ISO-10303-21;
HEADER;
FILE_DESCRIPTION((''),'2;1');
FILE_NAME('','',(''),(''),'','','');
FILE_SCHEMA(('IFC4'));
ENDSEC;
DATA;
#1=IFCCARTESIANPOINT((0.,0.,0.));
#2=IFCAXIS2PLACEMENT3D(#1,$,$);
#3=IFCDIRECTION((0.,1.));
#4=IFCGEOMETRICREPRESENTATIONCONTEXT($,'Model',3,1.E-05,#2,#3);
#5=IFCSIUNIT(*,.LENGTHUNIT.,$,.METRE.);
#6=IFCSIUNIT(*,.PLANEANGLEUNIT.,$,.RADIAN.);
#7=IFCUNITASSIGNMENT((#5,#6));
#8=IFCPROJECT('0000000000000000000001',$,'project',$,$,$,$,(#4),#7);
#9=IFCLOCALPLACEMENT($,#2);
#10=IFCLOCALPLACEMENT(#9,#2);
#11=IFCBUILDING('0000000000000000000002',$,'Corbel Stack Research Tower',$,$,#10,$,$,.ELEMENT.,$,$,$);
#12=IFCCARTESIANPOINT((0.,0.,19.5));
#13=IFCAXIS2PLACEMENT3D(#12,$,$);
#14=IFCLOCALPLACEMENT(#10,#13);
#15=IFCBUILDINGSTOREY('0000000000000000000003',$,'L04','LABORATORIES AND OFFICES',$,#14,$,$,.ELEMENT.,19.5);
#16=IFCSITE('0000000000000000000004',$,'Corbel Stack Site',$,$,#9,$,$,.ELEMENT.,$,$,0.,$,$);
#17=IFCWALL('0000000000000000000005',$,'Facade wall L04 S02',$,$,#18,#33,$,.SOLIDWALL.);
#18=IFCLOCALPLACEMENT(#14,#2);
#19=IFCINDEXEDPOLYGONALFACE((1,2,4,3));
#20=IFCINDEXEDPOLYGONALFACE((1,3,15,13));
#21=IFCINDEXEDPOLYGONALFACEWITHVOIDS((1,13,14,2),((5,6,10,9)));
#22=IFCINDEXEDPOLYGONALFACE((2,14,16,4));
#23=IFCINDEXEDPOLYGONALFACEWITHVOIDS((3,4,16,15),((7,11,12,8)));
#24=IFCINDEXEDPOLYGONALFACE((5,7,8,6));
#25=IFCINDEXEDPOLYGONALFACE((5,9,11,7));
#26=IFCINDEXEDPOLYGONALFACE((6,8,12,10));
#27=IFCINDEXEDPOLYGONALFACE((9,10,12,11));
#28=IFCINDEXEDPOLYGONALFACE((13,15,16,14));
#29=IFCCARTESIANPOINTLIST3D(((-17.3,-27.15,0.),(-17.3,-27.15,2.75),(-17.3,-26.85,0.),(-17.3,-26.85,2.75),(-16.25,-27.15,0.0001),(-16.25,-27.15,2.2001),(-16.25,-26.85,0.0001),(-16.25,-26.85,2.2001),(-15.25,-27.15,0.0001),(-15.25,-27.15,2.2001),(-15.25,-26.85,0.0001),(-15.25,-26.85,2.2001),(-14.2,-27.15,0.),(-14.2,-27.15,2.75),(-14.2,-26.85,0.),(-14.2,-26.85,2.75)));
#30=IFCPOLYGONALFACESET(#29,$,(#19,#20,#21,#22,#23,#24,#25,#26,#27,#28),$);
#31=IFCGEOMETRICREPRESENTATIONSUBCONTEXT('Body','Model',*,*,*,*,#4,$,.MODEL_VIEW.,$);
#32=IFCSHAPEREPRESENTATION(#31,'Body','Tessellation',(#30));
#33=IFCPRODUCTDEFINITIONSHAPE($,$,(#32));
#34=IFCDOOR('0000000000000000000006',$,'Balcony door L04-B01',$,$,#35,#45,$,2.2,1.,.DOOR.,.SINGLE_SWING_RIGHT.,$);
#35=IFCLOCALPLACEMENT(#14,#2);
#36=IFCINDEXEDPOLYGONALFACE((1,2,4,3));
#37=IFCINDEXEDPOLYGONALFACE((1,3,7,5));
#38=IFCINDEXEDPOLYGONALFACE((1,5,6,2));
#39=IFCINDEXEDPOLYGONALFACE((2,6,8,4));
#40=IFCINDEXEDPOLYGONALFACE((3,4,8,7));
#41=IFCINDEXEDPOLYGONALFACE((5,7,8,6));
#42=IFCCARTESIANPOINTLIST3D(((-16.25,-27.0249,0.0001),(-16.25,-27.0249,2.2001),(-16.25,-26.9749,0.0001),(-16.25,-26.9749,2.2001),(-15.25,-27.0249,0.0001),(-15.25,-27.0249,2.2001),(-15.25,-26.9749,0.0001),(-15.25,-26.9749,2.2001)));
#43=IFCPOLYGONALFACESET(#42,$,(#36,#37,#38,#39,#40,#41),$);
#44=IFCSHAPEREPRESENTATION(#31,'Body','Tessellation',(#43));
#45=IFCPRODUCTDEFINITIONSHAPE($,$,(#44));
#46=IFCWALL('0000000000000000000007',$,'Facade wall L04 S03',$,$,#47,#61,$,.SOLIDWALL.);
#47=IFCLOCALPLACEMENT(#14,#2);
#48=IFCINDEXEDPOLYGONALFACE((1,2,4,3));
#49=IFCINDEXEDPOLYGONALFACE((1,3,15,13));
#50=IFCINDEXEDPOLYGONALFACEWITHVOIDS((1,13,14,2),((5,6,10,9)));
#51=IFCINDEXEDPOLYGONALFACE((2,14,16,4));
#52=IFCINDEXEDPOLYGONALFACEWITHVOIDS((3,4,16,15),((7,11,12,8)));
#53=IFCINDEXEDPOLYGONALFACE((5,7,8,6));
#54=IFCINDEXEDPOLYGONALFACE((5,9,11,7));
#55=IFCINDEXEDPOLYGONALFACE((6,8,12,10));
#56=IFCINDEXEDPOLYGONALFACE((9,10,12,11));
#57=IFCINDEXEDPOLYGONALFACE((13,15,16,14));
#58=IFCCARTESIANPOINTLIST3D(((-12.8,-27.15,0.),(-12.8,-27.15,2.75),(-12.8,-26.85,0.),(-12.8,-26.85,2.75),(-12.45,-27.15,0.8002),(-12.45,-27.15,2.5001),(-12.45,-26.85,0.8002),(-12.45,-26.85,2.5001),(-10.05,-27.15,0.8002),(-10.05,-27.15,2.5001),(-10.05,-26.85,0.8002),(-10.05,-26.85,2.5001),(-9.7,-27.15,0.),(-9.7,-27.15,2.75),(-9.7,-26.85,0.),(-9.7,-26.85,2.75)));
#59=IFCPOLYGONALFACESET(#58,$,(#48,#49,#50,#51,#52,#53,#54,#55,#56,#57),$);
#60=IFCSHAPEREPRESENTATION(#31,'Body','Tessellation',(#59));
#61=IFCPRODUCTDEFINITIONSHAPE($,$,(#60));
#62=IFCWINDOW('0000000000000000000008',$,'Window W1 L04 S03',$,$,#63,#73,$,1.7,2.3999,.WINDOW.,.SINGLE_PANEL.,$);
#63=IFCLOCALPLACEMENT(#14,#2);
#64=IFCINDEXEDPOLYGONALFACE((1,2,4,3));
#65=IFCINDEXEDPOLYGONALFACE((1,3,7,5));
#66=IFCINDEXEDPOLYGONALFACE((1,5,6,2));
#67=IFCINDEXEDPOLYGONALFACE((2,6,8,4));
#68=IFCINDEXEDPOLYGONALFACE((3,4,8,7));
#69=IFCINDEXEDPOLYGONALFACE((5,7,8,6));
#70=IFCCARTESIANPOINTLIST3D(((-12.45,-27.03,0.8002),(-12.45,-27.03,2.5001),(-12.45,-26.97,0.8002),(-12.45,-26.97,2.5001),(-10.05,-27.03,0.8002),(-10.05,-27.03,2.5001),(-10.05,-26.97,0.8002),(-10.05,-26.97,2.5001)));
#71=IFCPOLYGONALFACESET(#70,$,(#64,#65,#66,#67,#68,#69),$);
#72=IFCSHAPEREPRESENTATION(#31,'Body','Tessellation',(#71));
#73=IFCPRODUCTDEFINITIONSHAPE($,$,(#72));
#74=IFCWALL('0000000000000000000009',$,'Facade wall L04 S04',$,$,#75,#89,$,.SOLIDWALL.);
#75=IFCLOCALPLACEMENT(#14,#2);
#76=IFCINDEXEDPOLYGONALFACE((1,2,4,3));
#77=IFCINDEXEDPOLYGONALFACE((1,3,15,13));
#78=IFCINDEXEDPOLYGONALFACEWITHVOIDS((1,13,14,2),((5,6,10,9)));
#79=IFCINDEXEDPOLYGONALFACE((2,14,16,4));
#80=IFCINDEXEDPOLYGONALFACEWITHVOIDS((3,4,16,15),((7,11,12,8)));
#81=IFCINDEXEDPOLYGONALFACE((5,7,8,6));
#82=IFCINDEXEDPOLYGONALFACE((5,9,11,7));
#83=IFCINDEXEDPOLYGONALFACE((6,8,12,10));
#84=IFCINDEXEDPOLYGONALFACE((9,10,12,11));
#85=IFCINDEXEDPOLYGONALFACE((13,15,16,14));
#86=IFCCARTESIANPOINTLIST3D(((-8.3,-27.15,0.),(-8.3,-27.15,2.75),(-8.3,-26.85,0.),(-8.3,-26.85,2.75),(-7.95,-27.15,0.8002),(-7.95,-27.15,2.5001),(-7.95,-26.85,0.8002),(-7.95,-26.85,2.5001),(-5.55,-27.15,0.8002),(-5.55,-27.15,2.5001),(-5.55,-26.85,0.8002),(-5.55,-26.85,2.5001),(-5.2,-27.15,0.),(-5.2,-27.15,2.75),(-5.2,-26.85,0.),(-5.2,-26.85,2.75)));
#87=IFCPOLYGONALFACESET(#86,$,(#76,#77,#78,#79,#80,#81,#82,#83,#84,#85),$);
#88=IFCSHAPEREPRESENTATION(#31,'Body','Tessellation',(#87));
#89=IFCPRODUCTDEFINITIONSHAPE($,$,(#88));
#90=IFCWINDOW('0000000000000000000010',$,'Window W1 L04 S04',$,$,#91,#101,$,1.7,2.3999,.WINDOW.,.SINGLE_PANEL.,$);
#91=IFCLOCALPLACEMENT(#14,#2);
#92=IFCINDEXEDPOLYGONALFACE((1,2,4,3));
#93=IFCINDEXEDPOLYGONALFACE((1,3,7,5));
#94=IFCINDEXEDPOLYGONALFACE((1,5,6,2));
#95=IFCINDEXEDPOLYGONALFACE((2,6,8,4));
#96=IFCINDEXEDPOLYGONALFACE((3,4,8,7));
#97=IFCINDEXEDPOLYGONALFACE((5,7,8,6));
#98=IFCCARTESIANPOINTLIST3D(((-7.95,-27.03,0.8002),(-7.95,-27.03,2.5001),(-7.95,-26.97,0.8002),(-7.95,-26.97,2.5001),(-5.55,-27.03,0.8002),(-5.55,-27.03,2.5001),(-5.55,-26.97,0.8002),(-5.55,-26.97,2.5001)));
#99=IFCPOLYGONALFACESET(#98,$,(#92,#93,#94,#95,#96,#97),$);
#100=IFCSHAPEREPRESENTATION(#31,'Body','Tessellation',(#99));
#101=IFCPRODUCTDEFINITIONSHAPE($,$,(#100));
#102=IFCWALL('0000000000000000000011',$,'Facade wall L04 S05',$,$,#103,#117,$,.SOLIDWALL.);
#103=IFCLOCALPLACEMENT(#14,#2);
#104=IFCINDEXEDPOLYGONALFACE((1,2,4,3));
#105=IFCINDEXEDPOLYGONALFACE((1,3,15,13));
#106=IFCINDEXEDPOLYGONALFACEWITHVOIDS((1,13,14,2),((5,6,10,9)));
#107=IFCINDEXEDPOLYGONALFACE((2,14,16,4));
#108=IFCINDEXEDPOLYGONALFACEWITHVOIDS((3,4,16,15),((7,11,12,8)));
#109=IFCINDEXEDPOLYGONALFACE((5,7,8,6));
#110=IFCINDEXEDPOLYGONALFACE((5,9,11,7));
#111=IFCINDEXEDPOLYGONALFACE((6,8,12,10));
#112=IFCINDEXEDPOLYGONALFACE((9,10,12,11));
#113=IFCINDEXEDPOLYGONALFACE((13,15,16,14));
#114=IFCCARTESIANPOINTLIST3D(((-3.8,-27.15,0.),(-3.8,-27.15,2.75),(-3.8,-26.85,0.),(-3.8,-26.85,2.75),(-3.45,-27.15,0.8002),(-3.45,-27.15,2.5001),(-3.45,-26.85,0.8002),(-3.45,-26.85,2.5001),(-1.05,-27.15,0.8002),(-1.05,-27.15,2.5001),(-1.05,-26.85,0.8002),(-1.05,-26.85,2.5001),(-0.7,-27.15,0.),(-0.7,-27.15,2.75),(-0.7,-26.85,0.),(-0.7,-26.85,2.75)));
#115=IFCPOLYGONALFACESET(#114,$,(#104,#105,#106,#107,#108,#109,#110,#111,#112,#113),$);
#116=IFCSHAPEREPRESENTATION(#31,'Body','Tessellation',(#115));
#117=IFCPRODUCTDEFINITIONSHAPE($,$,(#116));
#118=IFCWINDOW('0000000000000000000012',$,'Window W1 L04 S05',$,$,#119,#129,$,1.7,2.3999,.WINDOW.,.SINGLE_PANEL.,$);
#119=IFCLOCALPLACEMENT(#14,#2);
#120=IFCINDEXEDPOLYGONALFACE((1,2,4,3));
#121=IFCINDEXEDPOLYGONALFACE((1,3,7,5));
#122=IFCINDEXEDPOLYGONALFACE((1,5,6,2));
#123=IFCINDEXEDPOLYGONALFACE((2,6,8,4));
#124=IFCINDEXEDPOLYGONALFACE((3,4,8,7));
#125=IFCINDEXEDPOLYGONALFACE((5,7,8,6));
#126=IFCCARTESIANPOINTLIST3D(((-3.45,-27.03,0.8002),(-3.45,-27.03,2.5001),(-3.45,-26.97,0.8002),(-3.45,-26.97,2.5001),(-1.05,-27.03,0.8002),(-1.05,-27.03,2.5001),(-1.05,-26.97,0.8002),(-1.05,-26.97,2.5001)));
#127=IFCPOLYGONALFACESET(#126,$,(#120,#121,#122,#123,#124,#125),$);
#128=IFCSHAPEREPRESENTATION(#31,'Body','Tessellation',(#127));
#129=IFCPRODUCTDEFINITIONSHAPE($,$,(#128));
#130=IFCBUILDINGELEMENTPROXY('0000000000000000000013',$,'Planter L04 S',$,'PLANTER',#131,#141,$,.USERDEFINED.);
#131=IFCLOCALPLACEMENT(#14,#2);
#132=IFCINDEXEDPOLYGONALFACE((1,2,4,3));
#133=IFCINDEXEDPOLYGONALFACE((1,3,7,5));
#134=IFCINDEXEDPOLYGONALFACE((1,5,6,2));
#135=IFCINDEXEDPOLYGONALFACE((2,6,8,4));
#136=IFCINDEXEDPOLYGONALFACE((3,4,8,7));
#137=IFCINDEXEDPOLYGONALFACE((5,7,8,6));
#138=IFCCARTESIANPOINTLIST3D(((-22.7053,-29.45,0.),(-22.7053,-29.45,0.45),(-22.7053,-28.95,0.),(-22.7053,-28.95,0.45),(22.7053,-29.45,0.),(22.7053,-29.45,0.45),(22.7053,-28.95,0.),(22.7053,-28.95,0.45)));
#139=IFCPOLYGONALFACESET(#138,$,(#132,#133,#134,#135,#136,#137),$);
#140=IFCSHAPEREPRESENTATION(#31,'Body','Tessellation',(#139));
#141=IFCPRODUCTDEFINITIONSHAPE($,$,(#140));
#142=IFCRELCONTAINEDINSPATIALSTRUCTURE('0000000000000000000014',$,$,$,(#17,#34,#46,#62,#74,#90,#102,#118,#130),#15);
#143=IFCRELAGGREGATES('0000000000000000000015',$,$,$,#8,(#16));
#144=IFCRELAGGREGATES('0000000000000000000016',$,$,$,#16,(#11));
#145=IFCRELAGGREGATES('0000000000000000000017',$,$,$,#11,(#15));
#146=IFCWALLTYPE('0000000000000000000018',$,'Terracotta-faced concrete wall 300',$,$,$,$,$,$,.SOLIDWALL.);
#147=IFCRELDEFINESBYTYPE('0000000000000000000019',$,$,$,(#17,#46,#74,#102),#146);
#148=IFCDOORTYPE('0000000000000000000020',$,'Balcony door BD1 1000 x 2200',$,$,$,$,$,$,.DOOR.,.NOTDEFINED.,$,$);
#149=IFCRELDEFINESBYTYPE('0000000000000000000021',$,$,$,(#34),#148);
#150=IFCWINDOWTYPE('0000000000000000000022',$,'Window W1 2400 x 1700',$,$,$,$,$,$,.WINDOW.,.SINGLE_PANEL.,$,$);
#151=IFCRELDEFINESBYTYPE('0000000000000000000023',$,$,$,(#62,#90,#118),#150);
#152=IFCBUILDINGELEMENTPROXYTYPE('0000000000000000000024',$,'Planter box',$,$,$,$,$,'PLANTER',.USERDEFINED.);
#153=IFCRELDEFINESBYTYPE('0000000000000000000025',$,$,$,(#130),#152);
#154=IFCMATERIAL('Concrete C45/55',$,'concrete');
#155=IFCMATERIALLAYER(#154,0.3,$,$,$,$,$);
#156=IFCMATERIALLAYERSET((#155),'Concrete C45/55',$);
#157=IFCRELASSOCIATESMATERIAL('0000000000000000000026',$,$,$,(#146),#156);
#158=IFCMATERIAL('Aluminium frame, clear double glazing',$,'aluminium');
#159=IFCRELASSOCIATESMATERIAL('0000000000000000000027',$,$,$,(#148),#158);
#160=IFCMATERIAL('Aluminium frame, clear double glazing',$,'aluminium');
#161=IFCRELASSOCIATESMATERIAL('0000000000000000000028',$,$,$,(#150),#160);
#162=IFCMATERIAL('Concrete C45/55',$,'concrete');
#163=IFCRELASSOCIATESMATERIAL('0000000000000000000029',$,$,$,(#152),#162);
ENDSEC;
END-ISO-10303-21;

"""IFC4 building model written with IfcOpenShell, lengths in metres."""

from ifc_helpers import new_model, si_unit, direction, frame, frame_2d, origin, origin_2d, place, context, subcontext, project, spatial, rectangle, extrude, material, layer, layer_set, type_object, element, fill, save


model = new_model("IFC4")

# Units and contexts
model_context = context("Model", 3, precision=1e-05, world=origin(), true_north=direction((0.0, 1.0)))
body_context = subcontext(model_context, "Body", "Model", "MODEL_VIEW")
ifc_project = project(units=[si_unit("LENGTHUNIT", "METRE"), si_unit("PLANEANGLEUNIT", "RADIAN")], contexts=[model_context])

# Site, building, storey
site_placement = place(None, origin())
site = spatial("IfcSite", under=ifc_project, at=site_placement, Name="Corbel Stack Site", CompositionType="ELEMENT", RefElevation=0.0)
building_placement = place(site_placement, origin())
building = spatial("IfcBuilding", under=site, at=building_placement, Name="Corbel Stack Research Tower", CompositionType="ELEMENT")
storey_placement = place(building_placement, frame((0.0, 0.0, 19.5)))
storey = spatial("IfcBuildingStorey", under=building, at=storey_placement, Name="L04", Description="LABORATORIES AND OFFICES", CompositionType="ELEMENT", Elevation=19.5)

# Wall, opening, door
ifc_material_1 = material(Name="Concrete C45/55", Category="concrete")
ifc_layer_1 = layer(ifc_material_1, 0.3)
ifc_layer_set_1 = layer_set([ifc_layer_1], Name="Concrete C45/55")
wall_type_1 = type_object("IfcWallType", Name="Terracotta-faced concrete wall 300", PredefinedType="SOLIDWALL", material=ifc_layer_set_1)
wall_1_placement = place(storey_placement, frame((-14.2, -27.0, 0.0), z_axis=(0.0, 0.0, 1.0), x_axis=(-1.0, 0.0, 0.0)))
wall_1 = element("IfcWall", 1, at=wall_1_placement, inside=storey, type_object=wall_type_1, Name="Facade wall L04 S02", PredefinedType="SOLIDWALL", context=body_context, shape_type="SweptSolid", body=[
    extrude(rectangle(XDim=3.1001, YDim=0.3, at=frame_2d((1.55, 0.0))), origin(), (0.0, 0.0, 1.0), 2.75),
])
opening_1_placement = place(wall_1_placement, frame((1.05, 0.0, 0.0)))
opening_1 = element("IfcOpeningElement", 2, at=opening_1_placement, cuts=wall_1, PredefinedType="OPENING", context=body_context, shape_type="SweptSolid", body=[
    extrude(rectangle(XDim=1.0, YDim=2.2, at=frame_2d((0.5, 1.1001))), frame((0.0, 0.1599, 0.0), z_axis=(0.0, -1.0, 0.0), x_axis=(1.0, 0.0, 0.0)), (0.0, 0.0, 1.0), 0.3201),
])
ifc_material_2 = material(Name="Aluminium frame, clear double glazing", Category="aluminium")
door_type = type_object("IfcDoorType", Name="Balcony door BD1 1000 x 2200", OperationType="NOTDEFINED", PredefinedType="DOOR", material=ifc_material_2)
door_placement = place(opening_1_placement, origin())
door = element("IfcDoor", 3, at=door_placement, inside=storey, type_object=door_type, Name="Balcony door L04-B01", OperationType="SINGLE_SWING_RIGHT", OverallHeight=2.2, OverallWidth=1.0, PredefinedType="DOOR", context=body_context, shape_type="SweptSolid", body=[
    extrude(rectangle(XDim=1.0, YDim=2.2, at=frame_2d((0.5, 1.1001))), frame((0.0, 0.0249, 0.0), z_axis=(0.0, -1.0, 0.0), x_axis=(1.0, 0.0, 0.0)), (0.0, 0.0, 1.0), 0.05),
])
fill(opening_1, door)

# Walls, openings, windows
wall_2_placement = place(storey_placement, frame((-9.7, -27.0, 0.0), z_axis=(0.0, 0.0, 1.0), x_axis=(-1.0, 0.0, 0.0)))
wall_2 = element("IfcWall", 4, at=wall_2_placement, inside=storey, type_object=wall_type_1, Name="Facade wall L04 S03", PredefinedType="SOLIDWALL", context=body_context, shape_type="SweptSolid", body=[
    extrude(rectangle(XDim=3.1001, YDim=0.3, at=frame_2d((1.55, 0.0))), origin(), (0.0, 0.0, 1.0), 2.75),
])
opening_2_placement = place(wall_2_placement, frame((0.3501, 0.0, 0.8)))
opening_2 = element("IfcOpeningElement", 5, at=opening_2_placement, cuts=wall_2, PredefinedType="OPENING", context=body_context, shape_type="SweptSolid", body=[
    extrude(rectangle(XDim=2.3999, YDim=1.7, at=frame_2d((1.2, 0.8501))), frame((0.0, 0.1599, 0.0), z_axis=(0.0, -1.0, 0.0), x_axis=(1.0, 0.0, 0.0)), (0.0, 0.0, 1.0), 0.3201),
])
ifc_material_3 = material(Name="Aluminium frame, clear double glazing", Category="aluminium")
window_type = type_object("IfcWindowType", Name="Window W1 2400 x 1700", PartitioningType="SINGLE_PANEL", PredefinedType="WINDOW", material=ifc_material_3)
window_1_placement = place(opening_2_placement, origin())
window_1 = element("IfcWindow", 6, at=window_1_placement, inside=storey, type_object=window_type, Name="Window W1 L04 S03", OverallHeight=1.7, OverallWidth=2.3999, PartitioningType="SINGLE_PANEL", PredefinedType="WINDOW", context=body_context, shape_type="SweptSolid", body=[
    extrude(rectangle(XDim=2.3999, YDim=1.7, at=frame_2d((1.2, 0.8501))), frame((0.0, 0.03, 0.0), z_axis=(0.0, -1.0, 0.0), x_axis=(1.0, 0.0, 0.0)), (0.0, 0.0, 1.0), 0.0601),
])
fill(opening_2, window_1)
wall_3_placement = place(storey_placement, frame((-5.2, -27.0, 0.0), z_axis=(0.0, 0.0, 1.0), x_axis=(-1.0, 0.0, 0.0)))
wall_3 = element("IfcWall", 7, at=wall_3_placement, inside=storey, type_object=wall_type_1, Name="Facade wall L04 S04", PredefinedType="SOLIDWALL", context=body_context, shape_type="SweptSolid", body=[
    extrude(rectangle(XDim=3.1001, YDim=0.3, at=frame_2d((1.55, 0.0))), origin(), (0.0, 0.0, 1.0), 2.75),
])
opening_3_placement = place(wall_3_placement, frame((0.3501, 0.0, 0.8)))
opening_3 = element("IfcOpeningElement", 8, at=opening_3_placement, cuts=wall_3, PredefinedType="OPENING", context=body_context, shape_type="SweptSolid", body=[
    extrude(rectangle(XDim=2.3999, YDim=1.7, at=frame_2d((1.2, 0.8501))), frame((0.0, 0.1599, 0.0), z_axis=(0.0, -1.0, 0.0), x_axis=(1.0, 0.0, 0.0)), (0.0, 0.0, 1.0), 0.3201),
])
window_2_placement = place(opening_3_placement, origin())
window_2 = element("IfcWindow", 9, at=window_2_placement, inside=storey, type_object=window_type, Name="Window W1 L04 S04", OverallHeight=1.7, OverallWidth=2.3999, PartitioningType="SINGLE_PANEL", PredefinedType="WINDOW", context=body_context, shape_type="SweptSolid", body=[
    extrude(rectangle(XDim=2.3999, YDim=1.7, at=frame_2d((1.2, 0.8501))), frame((0.0, 0.03, 0.0), z_axis=(0.0, -1.0, 0.0), x_axis=(1.0, 0.0, 0.0)), (0.0, 0.0, 1.0), 0.0601),
])
fill(opening_3, window_2)
wall_4_placement = place(storey_placement, frame((-0.7, -27.0, 0.0), z_axis=(0.0, 0.0, 1.0), x_axis=(-1.0, 0.0, 0.0)))
wall_4 = element("IfcWall", 10, at=wall_4_placement, inside=storey, type_object=wall_type_1, Name="Facade wall L04 S05", PredefinedType="SOLIDWALL", context=body_context, shape_type="SweptSolid", body=[
    extrude(rectangle(XDim=3.1001, YDim=0.3, at=frame_2d((1.55, 0.0))), origin(), (0.0, 0.0, 1.0), 2.75),
])
opening_4_placement = place(wall_4_placement, frame((0.3501, 0.0, 0.8)))
opening_4 = element("IfcOpeningElement", 11, at=opening_4_placement, cuts=wall_4, PredefinedType="OPENING", context=body_context, shape_type="SweptSolid", body=[
    extrude(rectangle(XDim=2.3999, YDim=1.7, at=frame_2d((1.2, 0.8501))), frame((0.0, 0.1599, 0.0), z_axis=(0.0, -1.0, 0.0), x_axis=(1.0, 0.0, 0.0)), (0.0, 0.0, 1.0), 0.3201),
])
window_3_placement = place(opening_4_placement, origin())
window_3 = element("IfcWindow", 12, at=window_3_placement, inside=storey, type_object=window_type, Name="Window W1 L04 S05", OverallHeight=1.7, OverallWidth=2.3999, PartitioningType="SINGLE_PANEL", PredefinedType="WINDOW", context=body_context, shape_type="SweptSolid", body=[
    extrude(rectangle(XDim=2.3999, YDim=1.7, at=frame_2d((1.2, 0.8501))), frame((0.0, 0.03, 0.0), z_axis=(0.0, -1.0, 0.0), x_axis=(1.0, 0.0, 0.0)), (0.0, 0.0, 1.0), 0.0601),
])
fill(opening_4, window_3)

# Building element proxy
ifc_material_4 = material(Name="Concrete C45/55", Category="concrete")
building_element_proxy_type = type_object("IfcBuildingElementProxyType", Name="Planter box", ElementType="PLANTER", PredefinedType="USERDEFINED", material=ifc_material_4)
proxy_placement = place(storey_placement, frame((0.0, -29.2, 0.0), z_axis=(0.0, 0.0, 1.0), x_axis=(1.0, 0.0, 0.0)))
element("IfcBuildingElementProxy", 13, at=proxy_placement, inside=storey, type_object=building_element_proxy_type, Name="Planter L04 S", ObjectType="PLANTER", PredefinedType="USERDEFINED", context=body_context, shape_type="SweptSolid", body=[
    extrude(rectangle(XDim=45.4106, YDim=0.5, at=origin_2d()), origin(), (0.0, 0.0, 1.0), 0.45),
])

save(model, "model.ifc")
